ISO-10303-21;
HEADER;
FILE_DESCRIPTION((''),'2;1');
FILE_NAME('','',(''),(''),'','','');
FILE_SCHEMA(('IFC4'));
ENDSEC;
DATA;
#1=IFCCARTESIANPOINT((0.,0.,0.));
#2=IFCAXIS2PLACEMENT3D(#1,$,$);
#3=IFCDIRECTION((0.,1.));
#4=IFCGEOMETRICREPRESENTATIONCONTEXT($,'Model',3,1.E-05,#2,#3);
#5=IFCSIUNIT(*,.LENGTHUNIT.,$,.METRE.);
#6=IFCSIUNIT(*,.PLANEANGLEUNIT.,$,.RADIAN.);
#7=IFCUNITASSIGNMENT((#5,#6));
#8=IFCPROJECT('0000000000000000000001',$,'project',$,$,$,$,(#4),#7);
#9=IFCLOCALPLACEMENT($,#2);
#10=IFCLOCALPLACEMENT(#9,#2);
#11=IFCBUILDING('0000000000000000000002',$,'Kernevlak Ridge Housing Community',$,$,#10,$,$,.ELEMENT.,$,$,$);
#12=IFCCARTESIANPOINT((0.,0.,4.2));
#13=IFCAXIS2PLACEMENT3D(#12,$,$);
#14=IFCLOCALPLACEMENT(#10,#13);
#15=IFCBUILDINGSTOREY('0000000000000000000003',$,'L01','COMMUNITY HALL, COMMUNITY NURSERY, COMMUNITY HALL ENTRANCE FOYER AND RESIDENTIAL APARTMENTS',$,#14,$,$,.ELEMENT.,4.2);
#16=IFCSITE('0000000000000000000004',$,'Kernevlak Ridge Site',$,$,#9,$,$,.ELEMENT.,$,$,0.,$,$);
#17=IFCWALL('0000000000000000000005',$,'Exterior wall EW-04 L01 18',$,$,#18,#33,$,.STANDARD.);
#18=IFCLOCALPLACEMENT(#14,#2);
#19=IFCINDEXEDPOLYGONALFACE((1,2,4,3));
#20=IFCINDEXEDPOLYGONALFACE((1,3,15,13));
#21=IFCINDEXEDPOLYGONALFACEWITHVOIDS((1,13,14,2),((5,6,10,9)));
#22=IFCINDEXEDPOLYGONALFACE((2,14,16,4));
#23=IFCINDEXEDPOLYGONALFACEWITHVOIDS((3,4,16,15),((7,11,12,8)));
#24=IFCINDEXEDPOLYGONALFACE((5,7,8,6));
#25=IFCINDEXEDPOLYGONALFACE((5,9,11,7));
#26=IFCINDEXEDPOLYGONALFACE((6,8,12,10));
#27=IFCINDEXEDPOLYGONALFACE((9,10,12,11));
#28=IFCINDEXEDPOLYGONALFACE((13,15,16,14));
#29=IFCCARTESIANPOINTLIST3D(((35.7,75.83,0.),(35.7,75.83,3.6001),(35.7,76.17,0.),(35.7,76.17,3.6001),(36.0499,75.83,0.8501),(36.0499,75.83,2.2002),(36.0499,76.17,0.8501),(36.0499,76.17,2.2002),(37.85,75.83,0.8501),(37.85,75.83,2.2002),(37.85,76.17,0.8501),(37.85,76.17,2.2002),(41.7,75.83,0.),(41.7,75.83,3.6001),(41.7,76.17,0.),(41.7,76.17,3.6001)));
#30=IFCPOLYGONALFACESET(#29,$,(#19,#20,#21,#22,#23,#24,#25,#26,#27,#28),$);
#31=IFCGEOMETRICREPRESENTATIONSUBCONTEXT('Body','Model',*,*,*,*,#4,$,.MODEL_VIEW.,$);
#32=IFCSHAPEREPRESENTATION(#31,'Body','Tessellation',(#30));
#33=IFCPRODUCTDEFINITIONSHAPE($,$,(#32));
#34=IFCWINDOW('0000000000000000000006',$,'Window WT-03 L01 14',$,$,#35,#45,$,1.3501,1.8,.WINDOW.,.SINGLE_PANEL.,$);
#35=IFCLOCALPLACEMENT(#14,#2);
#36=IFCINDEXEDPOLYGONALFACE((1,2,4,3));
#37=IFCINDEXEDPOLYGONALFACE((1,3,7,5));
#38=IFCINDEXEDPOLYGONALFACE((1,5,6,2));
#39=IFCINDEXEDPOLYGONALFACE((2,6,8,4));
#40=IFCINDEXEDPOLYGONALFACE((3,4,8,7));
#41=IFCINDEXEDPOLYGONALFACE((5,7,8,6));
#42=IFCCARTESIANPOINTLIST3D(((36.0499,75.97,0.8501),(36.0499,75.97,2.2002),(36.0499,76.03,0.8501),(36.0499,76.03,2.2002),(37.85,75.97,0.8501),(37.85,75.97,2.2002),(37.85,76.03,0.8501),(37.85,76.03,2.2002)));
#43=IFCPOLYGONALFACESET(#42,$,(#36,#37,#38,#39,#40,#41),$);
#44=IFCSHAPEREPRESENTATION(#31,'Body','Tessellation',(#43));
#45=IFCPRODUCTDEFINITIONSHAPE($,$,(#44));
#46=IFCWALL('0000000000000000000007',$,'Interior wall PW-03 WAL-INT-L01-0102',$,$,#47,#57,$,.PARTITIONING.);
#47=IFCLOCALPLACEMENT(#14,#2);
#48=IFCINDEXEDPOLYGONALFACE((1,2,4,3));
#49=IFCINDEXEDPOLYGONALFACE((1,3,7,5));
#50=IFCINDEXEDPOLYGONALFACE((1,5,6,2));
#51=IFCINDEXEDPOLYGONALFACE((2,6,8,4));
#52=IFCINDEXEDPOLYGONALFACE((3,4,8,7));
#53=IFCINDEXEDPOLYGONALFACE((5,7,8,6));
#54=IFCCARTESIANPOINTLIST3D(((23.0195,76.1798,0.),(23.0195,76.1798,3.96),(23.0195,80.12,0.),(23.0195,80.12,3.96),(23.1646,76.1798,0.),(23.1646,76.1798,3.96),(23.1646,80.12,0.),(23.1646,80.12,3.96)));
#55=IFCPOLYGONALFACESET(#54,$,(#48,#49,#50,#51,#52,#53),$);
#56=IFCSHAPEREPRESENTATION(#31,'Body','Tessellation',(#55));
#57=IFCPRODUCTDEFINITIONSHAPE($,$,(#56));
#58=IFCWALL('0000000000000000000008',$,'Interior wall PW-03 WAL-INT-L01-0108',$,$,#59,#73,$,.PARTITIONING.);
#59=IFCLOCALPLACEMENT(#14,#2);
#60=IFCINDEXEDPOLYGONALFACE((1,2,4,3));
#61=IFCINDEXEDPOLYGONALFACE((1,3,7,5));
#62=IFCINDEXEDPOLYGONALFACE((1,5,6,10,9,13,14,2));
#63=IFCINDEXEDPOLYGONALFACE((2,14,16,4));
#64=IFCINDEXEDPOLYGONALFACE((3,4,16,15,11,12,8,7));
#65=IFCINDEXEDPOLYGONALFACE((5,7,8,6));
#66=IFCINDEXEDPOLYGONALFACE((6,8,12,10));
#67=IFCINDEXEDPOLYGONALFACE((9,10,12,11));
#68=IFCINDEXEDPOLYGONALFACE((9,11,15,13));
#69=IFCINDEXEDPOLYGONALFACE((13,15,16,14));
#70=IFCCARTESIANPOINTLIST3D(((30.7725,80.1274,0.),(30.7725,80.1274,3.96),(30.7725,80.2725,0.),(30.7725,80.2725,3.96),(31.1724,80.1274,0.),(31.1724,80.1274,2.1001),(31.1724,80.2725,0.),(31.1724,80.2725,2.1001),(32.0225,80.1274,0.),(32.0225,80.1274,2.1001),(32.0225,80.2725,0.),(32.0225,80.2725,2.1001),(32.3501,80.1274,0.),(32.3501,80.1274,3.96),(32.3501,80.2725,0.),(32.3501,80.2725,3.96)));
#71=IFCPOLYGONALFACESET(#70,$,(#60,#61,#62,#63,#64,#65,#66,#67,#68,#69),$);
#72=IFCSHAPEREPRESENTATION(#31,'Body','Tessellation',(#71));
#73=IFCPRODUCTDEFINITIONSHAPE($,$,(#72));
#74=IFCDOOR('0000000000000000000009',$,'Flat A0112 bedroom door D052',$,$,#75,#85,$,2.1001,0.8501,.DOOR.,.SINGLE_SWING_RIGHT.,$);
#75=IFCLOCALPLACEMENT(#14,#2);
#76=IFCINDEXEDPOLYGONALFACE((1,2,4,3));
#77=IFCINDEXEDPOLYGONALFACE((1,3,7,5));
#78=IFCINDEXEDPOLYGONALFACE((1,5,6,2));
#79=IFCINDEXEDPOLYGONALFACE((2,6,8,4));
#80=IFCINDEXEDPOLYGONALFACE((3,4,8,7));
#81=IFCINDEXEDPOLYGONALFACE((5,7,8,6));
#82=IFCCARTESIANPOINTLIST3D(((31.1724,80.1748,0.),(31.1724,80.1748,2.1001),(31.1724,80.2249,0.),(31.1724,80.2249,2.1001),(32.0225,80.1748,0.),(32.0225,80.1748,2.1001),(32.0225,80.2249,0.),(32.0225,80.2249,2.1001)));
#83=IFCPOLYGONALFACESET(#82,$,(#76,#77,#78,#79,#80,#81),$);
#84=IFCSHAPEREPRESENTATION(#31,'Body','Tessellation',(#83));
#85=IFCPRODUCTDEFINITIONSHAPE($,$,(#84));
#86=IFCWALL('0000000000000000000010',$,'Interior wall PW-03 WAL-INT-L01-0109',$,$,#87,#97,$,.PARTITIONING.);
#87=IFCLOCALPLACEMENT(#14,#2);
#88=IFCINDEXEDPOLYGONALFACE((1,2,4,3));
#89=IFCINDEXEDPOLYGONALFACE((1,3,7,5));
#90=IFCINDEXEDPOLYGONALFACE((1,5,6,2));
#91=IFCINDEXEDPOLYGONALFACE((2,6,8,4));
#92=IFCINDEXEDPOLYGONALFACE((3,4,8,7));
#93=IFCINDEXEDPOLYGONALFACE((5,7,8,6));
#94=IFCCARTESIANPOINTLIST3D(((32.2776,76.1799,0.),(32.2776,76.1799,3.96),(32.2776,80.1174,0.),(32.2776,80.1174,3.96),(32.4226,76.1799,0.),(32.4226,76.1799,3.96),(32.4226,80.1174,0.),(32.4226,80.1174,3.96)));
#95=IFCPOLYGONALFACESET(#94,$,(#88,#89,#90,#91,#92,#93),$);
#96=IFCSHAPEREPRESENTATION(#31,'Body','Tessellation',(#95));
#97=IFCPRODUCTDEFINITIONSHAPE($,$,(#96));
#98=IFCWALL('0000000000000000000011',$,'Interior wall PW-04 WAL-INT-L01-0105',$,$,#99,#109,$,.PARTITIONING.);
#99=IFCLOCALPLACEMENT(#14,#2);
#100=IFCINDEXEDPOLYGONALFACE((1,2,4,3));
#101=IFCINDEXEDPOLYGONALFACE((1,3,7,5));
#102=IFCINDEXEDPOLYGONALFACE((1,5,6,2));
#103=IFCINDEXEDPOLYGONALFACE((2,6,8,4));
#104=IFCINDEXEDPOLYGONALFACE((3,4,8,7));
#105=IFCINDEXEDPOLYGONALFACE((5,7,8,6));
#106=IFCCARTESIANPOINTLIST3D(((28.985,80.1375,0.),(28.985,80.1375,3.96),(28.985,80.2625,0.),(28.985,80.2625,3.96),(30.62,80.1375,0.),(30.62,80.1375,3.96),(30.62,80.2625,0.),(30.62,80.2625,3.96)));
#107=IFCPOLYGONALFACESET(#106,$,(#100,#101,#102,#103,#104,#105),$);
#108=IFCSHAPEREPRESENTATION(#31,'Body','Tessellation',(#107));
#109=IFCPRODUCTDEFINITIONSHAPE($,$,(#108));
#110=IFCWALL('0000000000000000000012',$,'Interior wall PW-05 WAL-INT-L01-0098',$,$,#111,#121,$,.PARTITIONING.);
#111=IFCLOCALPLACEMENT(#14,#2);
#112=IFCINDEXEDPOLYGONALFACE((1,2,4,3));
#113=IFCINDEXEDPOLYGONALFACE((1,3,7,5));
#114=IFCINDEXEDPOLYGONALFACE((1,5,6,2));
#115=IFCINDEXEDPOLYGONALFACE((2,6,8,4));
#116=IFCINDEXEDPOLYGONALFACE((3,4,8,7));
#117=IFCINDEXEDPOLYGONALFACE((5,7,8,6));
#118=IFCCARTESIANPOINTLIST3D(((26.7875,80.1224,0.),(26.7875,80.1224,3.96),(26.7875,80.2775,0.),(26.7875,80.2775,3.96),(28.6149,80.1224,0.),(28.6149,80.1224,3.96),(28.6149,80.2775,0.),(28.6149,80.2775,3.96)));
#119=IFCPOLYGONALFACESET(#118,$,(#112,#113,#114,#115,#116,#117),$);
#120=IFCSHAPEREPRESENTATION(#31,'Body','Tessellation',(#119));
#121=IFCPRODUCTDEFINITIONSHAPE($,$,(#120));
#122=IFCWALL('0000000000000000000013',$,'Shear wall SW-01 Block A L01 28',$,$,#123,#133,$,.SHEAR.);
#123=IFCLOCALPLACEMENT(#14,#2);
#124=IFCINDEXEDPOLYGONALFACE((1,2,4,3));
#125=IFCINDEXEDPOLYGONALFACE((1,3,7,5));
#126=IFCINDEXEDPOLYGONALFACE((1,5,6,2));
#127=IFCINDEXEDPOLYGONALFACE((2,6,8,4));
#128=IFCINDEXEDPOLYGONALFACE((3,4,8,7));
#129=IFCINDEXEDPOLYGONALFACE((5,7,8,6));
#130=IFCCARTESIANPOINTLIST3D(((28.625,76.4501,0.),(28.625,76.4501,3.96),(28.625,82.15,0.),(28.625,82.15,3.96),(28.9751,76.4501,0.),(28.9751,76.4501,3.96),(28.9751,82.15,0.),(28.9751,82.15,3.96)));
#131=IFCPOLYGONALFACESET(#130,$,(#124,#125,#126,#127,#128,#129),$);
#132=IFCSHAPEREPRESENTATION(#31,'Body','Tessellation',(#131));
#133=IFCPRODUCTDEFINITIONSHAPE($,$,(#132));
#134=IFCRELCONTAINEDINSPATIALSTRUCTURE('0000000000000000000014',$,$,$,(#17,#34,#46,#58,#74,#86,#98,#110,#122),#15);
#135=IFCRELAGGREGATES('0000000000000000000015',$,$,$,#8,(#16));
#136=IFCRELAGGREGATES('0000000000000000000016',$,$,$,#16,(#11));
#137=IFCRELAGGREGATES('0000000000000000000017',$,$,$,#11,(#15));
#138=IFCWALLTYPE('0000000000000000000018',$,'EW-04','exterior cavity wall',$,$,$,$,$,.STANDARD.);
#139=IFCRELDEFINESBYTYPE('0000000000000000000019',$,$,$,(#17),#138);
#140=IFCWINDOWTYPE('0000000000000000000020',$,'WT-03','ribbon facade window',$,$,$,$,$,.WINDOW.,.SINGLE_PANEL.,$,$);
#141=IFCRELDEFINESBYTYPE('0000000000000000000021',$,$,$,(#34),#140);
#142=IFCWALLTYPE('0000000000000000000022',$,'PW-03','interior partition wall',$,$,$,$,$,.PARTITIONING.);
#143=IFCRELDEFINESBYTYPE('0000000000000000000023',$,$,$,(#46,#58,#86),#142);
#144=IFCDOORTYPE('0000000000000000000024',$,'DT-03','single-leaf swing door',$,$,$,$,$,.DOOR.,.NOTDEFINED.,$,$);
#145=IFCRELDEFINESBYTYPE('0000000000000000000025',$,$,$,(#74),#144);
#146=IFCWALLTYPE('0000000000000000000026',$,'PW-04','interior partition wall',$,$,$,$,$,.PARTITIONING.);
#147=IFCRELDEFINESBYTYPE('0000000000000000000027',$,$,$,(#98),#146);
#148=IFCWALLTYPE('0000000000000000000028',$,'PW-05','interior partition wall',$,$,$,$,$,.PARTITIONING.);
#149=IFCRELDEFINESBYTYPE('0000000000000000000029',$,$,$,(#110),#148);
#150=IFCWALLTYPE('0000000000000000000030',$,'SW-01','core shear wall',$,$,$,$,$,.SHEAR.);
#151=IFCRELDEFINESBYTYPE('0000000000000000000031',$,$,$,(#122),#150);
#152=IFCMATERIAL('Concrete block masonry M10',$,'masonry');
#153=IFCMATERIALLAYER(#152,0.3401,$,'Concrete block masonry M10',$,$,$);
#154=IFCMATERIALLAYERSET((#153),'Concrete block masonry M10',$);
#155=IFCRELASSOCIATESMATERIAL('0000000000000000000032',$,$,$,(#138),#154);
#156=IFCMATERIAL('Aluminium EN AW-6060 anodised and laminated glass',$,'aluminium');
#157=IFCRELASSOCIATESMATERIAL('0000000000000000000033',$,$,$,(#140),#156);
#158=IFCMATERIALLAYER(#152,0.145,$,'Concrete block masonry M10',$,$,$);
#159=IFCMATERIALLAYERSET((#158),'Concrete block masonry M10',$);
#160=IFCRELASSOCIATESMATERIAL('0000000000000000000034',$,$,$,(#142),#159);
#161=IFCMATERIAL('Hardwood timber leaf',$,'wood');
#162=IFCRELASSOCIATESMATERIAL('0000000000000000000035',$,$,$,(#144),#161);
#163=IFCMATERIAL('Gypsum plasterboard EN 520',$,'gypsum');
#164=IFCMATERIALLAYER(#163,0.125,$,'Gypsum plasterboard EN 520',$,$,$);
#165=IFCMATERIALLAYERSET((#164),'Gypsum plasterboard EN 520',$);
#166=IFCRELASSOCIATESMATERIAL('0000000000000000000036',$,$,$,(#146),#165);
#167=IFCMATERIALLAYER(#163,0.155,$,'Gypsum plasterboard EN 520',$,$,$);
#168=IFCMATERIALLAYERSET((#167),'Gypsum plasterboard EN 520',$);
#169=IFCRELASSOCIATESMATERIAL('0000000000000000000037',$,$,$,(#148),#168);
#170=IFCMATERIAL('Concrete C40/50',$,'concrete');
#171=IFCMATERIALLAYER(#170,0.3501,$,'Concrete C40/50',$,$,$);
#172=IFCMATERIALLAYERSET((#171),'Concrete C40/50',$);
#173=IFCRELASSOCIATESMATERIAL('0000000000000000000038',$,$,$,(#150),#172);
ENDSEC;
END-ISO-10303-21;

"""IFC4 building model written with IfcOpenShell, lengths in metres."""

from ifc_helpers import new_model, si_unit, direction, frame, frame_2d, origin, place, context, subcontext, project, spatial, rectangle, extrude, material, layer, layer_set, type_object, element, fill, save


model = new_model("IFC4")

# Units and contexts
model_context = context("Model", 3, precision=1e-05, world=origin(), true_north=direction((0.0, 1.0)))
body_context = subcontext(model_context, "Body", "Model", "MODEL_VIEW")
ifc_project = project(units=[si_unit("LENGTHUNIT", "METRE"), si_unit("PLANEANGLEUNIT", "RADIAN")], contexts=[model_context])

# Site, building, storey
site_placement = place(None, origin())
site = spatial("IfcSite", under=ifc_project, at=site_placement, Name="Kernevlak Ridge Site", CompositionType="ELEMENT", RefElevation=0.0)
building_placement = place(site_placement, origin())
building = spatial("IfcBuilding", under=site, at=building_placement, Name="Kernevlak Ridge Housing Community", CompositionType="ELEMENT")
storey_placement = place(building_placement, frame((0.0, 0.0, 4.2)))
storey = spatial("IfcBuildingStorey", under=building, at=storey_placement, Name="L01", Description="COMMUNITY HALL, COMMUNITY NURSERY, COMMUNITY HALL ENTRANCE FOYER AND RESIDENTIAL APARTMENTS", CompositionType="ELEMENT", Elevation=4.2)

# Shared definitions
ifc_material_1 = material(Name="Concrete C40/50", Category="concrete")

# Wall, opening, window
ifc_material_2 = material(Name="Concrete block masonry M10", Category="masonry")
ifc_layer_1 = layer(ifc_material_2, 0.3401, Name="Concrete block masonry M10")
ifc_layer_set_1 = layer_set([ifc_layer_1], Name="Concrete block masonry M10")
wall_type_1 = type_object("IfcWallType", Name="EW-04", Description="exterior cavity wall", PredefinedType="STANDARD", material=ifc_layer_set_1)
ifc_material_3 = material(Name="Aluminium EN AW-6060 anodised and laminated glass", Category="aluminium")
window_type = type_object("IfcWindowType", Name="WT-03", Description="ribbon facade window", PartitioningType="SINGLE_PANEL", PredefinedType="WINDOW", material=ifc_material_3)
wall_1_placement = place(storey_placement, frame((35.7, 76.0, 0.0), z_axis=(0.0, 0.0, 1.0), x_axis=(1.0, 0.0, 0.0)))
wall_1 = element("IfcWall", 1, at=wall_1_placement, inside=storey, type_object=wall_type_1, Name="Exterior wall EW-04 L01 18", PredefinedType="STANDARD", context=body_context, shape_type="SweptSolid", body=[
    extrude(rectangle(XDim=6.0, YDim=0.3401, at=frame_2d((3.0, 0.0))), origin(), (0.0, 0.0, 1.0), 3.6001),
])
opening_1_placement = place(wall_1_placement, frame((0.3501, 0.0, 0.8501)))
opening_1 = element("IfcOpeningElement", 2, at=opening_1_placement, cuts=wall_1, PredefinedType="OPENING", context=body_context, shape_type="SweptSolid", body=[
    extrude(rectangle(XDim=1.8, YDim=1.3501, at=frame_2d((0.8999, 0.675))), frame((0.0, 0.1799, 0.0), z_axis=(0.0, -1.0, 0.0), x_axis=(1.0, 0.0, 0.0)), (0.0, 0.0, 1.0), 0.3601),
])
window_1_placement = place(opening_1_placement, origin())
window_1 = element("IfcWindow", 3, at=window_1_placement, inside=storey, type_object=window_type, Name="Window WT-03 L01 14", OverallHeight=1.3501, OverallWidth=1.8, PartitioningType="SINGLE_PANEL", PredefinedType="WINDOW", context=body_context, shape_type="SweptSolid", body=[
    extrude(rectangle(XDim=1.8, YDim=1.3501, at=frame_2d((0.8999, 0.675))), frame((0.0, 0.03, 0.0), z_axis=(0.0, -1.0, 0.0), x_axis=(1.0, 0.0, 0.0)), (0.0, 0.0, 1.0), 0.0601),
])
fill(opening_1, window_1)

# Wall
ifc_layer_2 = layer(ifc_material_2, 0.145, Name="Concrete block masonry M10")
ifc_layer_set_2 = layer_set([ifc_layer_2], Name="Concrete block masonry M10")
wall_type_2 = type_object("IfcWallType", Name="PW-03", Description="interior partition wall", PredefinedType="PARTITIONING", material=ifc_layer_set_2)
wall_2_placement = place(storey_placement, frame((23.092, 80.1201, 0.0), z_axis=(0.0, 0.0, 1.0), x_axis=(0.0, -1.0, 0.0)))
element("IfcWall", 4, at=wall_2_placement, inside=storey, type_object=wall_type_2, Name="Interior wall PW-03 WAL-INT-L01-0102", PredefinedType="PARTITIONING", context=body_context, shape_type="SweptSolid", body=[
    extrude(rectangle(XDim=3.9402, YDim=0.145, at=frame_2d((1.9702, 0.0))), origin(), (0.0, 0.0, 1.0), 3.96),
])

# Wall, opening, door
wall_3_placement = place(storey_placement, frame((30.7725, 80.2, 0.0), z_axis=(0.0, 0.0, 1.0), x_axis=(1.0, 0.0, 0.0)))
wall_3 = element("IfcWall", 5, at=wall_3_placement, inside=storey, type_object=wall_type_2, Name="Interior wall PW-03 WAL-INT-L01-0108", PredefinedType="PARTITIONING", context=body_context, shape_type="SweptSolid", body=[
    extrude(rectangle(XDim=1.5776, YDim=0.145, at=frame_2d((0.7888, 0.0))), origin(), (0.0, 0.0, 1.0), 3.96),
])
opening_2_placement = place(wall_3_placement, frame((0.3999, 0.0, 0.0)))
opening_2 = element("IfcOpeningElement", 6, at=opening_2_placement, cuts=wall_3, PredefinedType="OPENING", context=body_context, shape_type="SweptSolid", body=[
    extrude(rectangle(XDim=0.8501, YDim=2.1001, at=frame_2d((0.425, 1.05))), frame((0.0, 0.0825, 0.0), z_axis=(0.0, -1.0, 0.0), x_axis=(1.0, 0.0, 0.0)), (0.0, 0.0, 1.0), 0.165),
])
ifc_material_4 = material(Name="Hardwood timber leaf", Category="wood")
door_type = type_object("IfcDoorType", Name="DT-03", Description="single-leaf swing door", OperationType="NOTDEFINED", PredefinedType="DOOR", material=ifc_material_4)
door_placement = place(opening_2_placement, origin())
door = element("IfcDoor", 7, at=door_placement, inside=storey, type_object=door_type, Name="Flat A0112 bedroom door D052", OperationType="SINGLE_SWING_RIGHT", OverallHeight=2.1001, OverallWidth=0.8501, PredefinedType="DOOR", context=body_context, shape_type="SweptSolid", body=[
    extrude(rectangle(XDim=0.8501, YDim=2.1001, at=frame_2d((0.425, 1.05))), frame((0.0, 0.0249, 0.0), z_axis=(0.0, -1.0, 0.0), x_axis=(1.0, 0.0, 0.0)), (0.0, 0.0, 1.0), 0.05),
])
fill(opening_2, door)

# Walls
wall_4_placement = place(storey_placement, frame((32.3501, 80.1174, 0.0), z_axis=(0.0, 0.0, 1.0), x_axis=(0.0, -1.0, 0.0)))
element("IfcWall", 8, at=wall_4_placement, inside=storey, type_object=wall_type_2, Name="Interior wall PW-03 WAL-INT-L01-0109", PredefinedType="PARTITIONING", context=body_context, shape_type="SweptSolid", body=[
    extrude(rectangle(XDim=3.9375, YDim=0.145, at=frame_2d((1.9688, 0.0))), origin(), (0.0, 0.0, 1.0), 3.96),
])
ifc_material_5 = material(Name="Gypsum plasterboard EN 520", Category="gypsum")
ifc_layer_3 = layer(ifc_material_5, 0.125, Name="Gypsum plasterboard EN 520")
ifc_layer_set_3 = layer_set([ifc_layer_3], Name="Gypsum plasterboard EN 520")
wall_type_3 = type_object("IfcWallType", Name="PW-04", Description="interior partition wall", PredefinedType="PARTITIONING", material=ifc_layer_set_3)
wall_5_placement = place(storey_placement, frame((28.9851, 80.2, 0.0), z_axis=(0.0, 0.0, 1.0), x_axis=(1.0, 0.0, 0.0)))
element("IfcWall", 9, at=wall_5_placement, inside=storey, type_object=wall_type_3, Name="Interior wall PW-04 WAL-INT-L01-0105", PredefinedType="PARTITIONING", context=body_context, shape_type="SweptSolid", body=[
    extrude(rectangle(XDim=1.635, YDim=0.125, at=frame_2d((0.8174, 0.0))), origin(), (0.0, 0.0, 1.0), 3.96),
])
ifc_layer_4 = layer(ifc_material_5, 0.155, Name="Gypsum plasterboard EN 520")
ifc_layer_set_4 = layer_set([ifc_layer_4], Name="Gypsum plasterboard EN 520")
wall_type_4 = type_object("IfcWallType", Name="PW-05", Description="interior partition wall", PredefinedType="PARTITIONING", material=ifc_layer_set_4)
wall_6_placement = place(storey_placement, frame((26.7876, 80.2, 0.0), z_axis=(0.0, 0.0, 1.0), x_axis=(1.0, 0.0, 0.0)))
element("IfcWall", 10, at=wall_6_placement, inside=storey, type_object=wall_type_4, Name="Interior wall PW-05 WAL-INT-L01-0098", PredefinedType="PARTITIONING", context=body_context, shape_type="SweptSolid", body=[
    extrude(rectangle(XDim=1.8274, YDim=0.155, at=frame_2d((0.9136, 0.0))), origin(), (0.0, 0.0, 1.0), 3.96),
])
ifc_layer_5 = layer(ifc_material_1, 0.3501, Name="Concrete C40/50")
ifc_layer_set_5 = layer_set([ifc_layer_5], Name="Concrete C40/50")
wall_type_5 = type_object("IfcWallType", Name="SW-01", Description="core shear wall", PredefinedType="SHEAR", material=ifc_layer_set_5)
wall_7_placement = place(storey_placement, frame((28.8, 76.45, 0.0), z_axis=(0.0, 0.0, 1.0), x_axis=(0.0, 1.0, 0.0)))
element("IfcWall", 11, at=wall_7_placement, inside=storey, type_object=wall_type_5, Name="Shear wall SW-01 Block A L01 28", PredefinedType="SHEAR", context=body_context, shape_type="SweptSolid", body=[
    extrude(rectangle(XDim=5.7, YDim=0.3501, at=frame_2d((2.8501, 0.0))), origin(), (0.0, 0.0, 1.0), 3.96),
])

save(model, "model.ifc")
